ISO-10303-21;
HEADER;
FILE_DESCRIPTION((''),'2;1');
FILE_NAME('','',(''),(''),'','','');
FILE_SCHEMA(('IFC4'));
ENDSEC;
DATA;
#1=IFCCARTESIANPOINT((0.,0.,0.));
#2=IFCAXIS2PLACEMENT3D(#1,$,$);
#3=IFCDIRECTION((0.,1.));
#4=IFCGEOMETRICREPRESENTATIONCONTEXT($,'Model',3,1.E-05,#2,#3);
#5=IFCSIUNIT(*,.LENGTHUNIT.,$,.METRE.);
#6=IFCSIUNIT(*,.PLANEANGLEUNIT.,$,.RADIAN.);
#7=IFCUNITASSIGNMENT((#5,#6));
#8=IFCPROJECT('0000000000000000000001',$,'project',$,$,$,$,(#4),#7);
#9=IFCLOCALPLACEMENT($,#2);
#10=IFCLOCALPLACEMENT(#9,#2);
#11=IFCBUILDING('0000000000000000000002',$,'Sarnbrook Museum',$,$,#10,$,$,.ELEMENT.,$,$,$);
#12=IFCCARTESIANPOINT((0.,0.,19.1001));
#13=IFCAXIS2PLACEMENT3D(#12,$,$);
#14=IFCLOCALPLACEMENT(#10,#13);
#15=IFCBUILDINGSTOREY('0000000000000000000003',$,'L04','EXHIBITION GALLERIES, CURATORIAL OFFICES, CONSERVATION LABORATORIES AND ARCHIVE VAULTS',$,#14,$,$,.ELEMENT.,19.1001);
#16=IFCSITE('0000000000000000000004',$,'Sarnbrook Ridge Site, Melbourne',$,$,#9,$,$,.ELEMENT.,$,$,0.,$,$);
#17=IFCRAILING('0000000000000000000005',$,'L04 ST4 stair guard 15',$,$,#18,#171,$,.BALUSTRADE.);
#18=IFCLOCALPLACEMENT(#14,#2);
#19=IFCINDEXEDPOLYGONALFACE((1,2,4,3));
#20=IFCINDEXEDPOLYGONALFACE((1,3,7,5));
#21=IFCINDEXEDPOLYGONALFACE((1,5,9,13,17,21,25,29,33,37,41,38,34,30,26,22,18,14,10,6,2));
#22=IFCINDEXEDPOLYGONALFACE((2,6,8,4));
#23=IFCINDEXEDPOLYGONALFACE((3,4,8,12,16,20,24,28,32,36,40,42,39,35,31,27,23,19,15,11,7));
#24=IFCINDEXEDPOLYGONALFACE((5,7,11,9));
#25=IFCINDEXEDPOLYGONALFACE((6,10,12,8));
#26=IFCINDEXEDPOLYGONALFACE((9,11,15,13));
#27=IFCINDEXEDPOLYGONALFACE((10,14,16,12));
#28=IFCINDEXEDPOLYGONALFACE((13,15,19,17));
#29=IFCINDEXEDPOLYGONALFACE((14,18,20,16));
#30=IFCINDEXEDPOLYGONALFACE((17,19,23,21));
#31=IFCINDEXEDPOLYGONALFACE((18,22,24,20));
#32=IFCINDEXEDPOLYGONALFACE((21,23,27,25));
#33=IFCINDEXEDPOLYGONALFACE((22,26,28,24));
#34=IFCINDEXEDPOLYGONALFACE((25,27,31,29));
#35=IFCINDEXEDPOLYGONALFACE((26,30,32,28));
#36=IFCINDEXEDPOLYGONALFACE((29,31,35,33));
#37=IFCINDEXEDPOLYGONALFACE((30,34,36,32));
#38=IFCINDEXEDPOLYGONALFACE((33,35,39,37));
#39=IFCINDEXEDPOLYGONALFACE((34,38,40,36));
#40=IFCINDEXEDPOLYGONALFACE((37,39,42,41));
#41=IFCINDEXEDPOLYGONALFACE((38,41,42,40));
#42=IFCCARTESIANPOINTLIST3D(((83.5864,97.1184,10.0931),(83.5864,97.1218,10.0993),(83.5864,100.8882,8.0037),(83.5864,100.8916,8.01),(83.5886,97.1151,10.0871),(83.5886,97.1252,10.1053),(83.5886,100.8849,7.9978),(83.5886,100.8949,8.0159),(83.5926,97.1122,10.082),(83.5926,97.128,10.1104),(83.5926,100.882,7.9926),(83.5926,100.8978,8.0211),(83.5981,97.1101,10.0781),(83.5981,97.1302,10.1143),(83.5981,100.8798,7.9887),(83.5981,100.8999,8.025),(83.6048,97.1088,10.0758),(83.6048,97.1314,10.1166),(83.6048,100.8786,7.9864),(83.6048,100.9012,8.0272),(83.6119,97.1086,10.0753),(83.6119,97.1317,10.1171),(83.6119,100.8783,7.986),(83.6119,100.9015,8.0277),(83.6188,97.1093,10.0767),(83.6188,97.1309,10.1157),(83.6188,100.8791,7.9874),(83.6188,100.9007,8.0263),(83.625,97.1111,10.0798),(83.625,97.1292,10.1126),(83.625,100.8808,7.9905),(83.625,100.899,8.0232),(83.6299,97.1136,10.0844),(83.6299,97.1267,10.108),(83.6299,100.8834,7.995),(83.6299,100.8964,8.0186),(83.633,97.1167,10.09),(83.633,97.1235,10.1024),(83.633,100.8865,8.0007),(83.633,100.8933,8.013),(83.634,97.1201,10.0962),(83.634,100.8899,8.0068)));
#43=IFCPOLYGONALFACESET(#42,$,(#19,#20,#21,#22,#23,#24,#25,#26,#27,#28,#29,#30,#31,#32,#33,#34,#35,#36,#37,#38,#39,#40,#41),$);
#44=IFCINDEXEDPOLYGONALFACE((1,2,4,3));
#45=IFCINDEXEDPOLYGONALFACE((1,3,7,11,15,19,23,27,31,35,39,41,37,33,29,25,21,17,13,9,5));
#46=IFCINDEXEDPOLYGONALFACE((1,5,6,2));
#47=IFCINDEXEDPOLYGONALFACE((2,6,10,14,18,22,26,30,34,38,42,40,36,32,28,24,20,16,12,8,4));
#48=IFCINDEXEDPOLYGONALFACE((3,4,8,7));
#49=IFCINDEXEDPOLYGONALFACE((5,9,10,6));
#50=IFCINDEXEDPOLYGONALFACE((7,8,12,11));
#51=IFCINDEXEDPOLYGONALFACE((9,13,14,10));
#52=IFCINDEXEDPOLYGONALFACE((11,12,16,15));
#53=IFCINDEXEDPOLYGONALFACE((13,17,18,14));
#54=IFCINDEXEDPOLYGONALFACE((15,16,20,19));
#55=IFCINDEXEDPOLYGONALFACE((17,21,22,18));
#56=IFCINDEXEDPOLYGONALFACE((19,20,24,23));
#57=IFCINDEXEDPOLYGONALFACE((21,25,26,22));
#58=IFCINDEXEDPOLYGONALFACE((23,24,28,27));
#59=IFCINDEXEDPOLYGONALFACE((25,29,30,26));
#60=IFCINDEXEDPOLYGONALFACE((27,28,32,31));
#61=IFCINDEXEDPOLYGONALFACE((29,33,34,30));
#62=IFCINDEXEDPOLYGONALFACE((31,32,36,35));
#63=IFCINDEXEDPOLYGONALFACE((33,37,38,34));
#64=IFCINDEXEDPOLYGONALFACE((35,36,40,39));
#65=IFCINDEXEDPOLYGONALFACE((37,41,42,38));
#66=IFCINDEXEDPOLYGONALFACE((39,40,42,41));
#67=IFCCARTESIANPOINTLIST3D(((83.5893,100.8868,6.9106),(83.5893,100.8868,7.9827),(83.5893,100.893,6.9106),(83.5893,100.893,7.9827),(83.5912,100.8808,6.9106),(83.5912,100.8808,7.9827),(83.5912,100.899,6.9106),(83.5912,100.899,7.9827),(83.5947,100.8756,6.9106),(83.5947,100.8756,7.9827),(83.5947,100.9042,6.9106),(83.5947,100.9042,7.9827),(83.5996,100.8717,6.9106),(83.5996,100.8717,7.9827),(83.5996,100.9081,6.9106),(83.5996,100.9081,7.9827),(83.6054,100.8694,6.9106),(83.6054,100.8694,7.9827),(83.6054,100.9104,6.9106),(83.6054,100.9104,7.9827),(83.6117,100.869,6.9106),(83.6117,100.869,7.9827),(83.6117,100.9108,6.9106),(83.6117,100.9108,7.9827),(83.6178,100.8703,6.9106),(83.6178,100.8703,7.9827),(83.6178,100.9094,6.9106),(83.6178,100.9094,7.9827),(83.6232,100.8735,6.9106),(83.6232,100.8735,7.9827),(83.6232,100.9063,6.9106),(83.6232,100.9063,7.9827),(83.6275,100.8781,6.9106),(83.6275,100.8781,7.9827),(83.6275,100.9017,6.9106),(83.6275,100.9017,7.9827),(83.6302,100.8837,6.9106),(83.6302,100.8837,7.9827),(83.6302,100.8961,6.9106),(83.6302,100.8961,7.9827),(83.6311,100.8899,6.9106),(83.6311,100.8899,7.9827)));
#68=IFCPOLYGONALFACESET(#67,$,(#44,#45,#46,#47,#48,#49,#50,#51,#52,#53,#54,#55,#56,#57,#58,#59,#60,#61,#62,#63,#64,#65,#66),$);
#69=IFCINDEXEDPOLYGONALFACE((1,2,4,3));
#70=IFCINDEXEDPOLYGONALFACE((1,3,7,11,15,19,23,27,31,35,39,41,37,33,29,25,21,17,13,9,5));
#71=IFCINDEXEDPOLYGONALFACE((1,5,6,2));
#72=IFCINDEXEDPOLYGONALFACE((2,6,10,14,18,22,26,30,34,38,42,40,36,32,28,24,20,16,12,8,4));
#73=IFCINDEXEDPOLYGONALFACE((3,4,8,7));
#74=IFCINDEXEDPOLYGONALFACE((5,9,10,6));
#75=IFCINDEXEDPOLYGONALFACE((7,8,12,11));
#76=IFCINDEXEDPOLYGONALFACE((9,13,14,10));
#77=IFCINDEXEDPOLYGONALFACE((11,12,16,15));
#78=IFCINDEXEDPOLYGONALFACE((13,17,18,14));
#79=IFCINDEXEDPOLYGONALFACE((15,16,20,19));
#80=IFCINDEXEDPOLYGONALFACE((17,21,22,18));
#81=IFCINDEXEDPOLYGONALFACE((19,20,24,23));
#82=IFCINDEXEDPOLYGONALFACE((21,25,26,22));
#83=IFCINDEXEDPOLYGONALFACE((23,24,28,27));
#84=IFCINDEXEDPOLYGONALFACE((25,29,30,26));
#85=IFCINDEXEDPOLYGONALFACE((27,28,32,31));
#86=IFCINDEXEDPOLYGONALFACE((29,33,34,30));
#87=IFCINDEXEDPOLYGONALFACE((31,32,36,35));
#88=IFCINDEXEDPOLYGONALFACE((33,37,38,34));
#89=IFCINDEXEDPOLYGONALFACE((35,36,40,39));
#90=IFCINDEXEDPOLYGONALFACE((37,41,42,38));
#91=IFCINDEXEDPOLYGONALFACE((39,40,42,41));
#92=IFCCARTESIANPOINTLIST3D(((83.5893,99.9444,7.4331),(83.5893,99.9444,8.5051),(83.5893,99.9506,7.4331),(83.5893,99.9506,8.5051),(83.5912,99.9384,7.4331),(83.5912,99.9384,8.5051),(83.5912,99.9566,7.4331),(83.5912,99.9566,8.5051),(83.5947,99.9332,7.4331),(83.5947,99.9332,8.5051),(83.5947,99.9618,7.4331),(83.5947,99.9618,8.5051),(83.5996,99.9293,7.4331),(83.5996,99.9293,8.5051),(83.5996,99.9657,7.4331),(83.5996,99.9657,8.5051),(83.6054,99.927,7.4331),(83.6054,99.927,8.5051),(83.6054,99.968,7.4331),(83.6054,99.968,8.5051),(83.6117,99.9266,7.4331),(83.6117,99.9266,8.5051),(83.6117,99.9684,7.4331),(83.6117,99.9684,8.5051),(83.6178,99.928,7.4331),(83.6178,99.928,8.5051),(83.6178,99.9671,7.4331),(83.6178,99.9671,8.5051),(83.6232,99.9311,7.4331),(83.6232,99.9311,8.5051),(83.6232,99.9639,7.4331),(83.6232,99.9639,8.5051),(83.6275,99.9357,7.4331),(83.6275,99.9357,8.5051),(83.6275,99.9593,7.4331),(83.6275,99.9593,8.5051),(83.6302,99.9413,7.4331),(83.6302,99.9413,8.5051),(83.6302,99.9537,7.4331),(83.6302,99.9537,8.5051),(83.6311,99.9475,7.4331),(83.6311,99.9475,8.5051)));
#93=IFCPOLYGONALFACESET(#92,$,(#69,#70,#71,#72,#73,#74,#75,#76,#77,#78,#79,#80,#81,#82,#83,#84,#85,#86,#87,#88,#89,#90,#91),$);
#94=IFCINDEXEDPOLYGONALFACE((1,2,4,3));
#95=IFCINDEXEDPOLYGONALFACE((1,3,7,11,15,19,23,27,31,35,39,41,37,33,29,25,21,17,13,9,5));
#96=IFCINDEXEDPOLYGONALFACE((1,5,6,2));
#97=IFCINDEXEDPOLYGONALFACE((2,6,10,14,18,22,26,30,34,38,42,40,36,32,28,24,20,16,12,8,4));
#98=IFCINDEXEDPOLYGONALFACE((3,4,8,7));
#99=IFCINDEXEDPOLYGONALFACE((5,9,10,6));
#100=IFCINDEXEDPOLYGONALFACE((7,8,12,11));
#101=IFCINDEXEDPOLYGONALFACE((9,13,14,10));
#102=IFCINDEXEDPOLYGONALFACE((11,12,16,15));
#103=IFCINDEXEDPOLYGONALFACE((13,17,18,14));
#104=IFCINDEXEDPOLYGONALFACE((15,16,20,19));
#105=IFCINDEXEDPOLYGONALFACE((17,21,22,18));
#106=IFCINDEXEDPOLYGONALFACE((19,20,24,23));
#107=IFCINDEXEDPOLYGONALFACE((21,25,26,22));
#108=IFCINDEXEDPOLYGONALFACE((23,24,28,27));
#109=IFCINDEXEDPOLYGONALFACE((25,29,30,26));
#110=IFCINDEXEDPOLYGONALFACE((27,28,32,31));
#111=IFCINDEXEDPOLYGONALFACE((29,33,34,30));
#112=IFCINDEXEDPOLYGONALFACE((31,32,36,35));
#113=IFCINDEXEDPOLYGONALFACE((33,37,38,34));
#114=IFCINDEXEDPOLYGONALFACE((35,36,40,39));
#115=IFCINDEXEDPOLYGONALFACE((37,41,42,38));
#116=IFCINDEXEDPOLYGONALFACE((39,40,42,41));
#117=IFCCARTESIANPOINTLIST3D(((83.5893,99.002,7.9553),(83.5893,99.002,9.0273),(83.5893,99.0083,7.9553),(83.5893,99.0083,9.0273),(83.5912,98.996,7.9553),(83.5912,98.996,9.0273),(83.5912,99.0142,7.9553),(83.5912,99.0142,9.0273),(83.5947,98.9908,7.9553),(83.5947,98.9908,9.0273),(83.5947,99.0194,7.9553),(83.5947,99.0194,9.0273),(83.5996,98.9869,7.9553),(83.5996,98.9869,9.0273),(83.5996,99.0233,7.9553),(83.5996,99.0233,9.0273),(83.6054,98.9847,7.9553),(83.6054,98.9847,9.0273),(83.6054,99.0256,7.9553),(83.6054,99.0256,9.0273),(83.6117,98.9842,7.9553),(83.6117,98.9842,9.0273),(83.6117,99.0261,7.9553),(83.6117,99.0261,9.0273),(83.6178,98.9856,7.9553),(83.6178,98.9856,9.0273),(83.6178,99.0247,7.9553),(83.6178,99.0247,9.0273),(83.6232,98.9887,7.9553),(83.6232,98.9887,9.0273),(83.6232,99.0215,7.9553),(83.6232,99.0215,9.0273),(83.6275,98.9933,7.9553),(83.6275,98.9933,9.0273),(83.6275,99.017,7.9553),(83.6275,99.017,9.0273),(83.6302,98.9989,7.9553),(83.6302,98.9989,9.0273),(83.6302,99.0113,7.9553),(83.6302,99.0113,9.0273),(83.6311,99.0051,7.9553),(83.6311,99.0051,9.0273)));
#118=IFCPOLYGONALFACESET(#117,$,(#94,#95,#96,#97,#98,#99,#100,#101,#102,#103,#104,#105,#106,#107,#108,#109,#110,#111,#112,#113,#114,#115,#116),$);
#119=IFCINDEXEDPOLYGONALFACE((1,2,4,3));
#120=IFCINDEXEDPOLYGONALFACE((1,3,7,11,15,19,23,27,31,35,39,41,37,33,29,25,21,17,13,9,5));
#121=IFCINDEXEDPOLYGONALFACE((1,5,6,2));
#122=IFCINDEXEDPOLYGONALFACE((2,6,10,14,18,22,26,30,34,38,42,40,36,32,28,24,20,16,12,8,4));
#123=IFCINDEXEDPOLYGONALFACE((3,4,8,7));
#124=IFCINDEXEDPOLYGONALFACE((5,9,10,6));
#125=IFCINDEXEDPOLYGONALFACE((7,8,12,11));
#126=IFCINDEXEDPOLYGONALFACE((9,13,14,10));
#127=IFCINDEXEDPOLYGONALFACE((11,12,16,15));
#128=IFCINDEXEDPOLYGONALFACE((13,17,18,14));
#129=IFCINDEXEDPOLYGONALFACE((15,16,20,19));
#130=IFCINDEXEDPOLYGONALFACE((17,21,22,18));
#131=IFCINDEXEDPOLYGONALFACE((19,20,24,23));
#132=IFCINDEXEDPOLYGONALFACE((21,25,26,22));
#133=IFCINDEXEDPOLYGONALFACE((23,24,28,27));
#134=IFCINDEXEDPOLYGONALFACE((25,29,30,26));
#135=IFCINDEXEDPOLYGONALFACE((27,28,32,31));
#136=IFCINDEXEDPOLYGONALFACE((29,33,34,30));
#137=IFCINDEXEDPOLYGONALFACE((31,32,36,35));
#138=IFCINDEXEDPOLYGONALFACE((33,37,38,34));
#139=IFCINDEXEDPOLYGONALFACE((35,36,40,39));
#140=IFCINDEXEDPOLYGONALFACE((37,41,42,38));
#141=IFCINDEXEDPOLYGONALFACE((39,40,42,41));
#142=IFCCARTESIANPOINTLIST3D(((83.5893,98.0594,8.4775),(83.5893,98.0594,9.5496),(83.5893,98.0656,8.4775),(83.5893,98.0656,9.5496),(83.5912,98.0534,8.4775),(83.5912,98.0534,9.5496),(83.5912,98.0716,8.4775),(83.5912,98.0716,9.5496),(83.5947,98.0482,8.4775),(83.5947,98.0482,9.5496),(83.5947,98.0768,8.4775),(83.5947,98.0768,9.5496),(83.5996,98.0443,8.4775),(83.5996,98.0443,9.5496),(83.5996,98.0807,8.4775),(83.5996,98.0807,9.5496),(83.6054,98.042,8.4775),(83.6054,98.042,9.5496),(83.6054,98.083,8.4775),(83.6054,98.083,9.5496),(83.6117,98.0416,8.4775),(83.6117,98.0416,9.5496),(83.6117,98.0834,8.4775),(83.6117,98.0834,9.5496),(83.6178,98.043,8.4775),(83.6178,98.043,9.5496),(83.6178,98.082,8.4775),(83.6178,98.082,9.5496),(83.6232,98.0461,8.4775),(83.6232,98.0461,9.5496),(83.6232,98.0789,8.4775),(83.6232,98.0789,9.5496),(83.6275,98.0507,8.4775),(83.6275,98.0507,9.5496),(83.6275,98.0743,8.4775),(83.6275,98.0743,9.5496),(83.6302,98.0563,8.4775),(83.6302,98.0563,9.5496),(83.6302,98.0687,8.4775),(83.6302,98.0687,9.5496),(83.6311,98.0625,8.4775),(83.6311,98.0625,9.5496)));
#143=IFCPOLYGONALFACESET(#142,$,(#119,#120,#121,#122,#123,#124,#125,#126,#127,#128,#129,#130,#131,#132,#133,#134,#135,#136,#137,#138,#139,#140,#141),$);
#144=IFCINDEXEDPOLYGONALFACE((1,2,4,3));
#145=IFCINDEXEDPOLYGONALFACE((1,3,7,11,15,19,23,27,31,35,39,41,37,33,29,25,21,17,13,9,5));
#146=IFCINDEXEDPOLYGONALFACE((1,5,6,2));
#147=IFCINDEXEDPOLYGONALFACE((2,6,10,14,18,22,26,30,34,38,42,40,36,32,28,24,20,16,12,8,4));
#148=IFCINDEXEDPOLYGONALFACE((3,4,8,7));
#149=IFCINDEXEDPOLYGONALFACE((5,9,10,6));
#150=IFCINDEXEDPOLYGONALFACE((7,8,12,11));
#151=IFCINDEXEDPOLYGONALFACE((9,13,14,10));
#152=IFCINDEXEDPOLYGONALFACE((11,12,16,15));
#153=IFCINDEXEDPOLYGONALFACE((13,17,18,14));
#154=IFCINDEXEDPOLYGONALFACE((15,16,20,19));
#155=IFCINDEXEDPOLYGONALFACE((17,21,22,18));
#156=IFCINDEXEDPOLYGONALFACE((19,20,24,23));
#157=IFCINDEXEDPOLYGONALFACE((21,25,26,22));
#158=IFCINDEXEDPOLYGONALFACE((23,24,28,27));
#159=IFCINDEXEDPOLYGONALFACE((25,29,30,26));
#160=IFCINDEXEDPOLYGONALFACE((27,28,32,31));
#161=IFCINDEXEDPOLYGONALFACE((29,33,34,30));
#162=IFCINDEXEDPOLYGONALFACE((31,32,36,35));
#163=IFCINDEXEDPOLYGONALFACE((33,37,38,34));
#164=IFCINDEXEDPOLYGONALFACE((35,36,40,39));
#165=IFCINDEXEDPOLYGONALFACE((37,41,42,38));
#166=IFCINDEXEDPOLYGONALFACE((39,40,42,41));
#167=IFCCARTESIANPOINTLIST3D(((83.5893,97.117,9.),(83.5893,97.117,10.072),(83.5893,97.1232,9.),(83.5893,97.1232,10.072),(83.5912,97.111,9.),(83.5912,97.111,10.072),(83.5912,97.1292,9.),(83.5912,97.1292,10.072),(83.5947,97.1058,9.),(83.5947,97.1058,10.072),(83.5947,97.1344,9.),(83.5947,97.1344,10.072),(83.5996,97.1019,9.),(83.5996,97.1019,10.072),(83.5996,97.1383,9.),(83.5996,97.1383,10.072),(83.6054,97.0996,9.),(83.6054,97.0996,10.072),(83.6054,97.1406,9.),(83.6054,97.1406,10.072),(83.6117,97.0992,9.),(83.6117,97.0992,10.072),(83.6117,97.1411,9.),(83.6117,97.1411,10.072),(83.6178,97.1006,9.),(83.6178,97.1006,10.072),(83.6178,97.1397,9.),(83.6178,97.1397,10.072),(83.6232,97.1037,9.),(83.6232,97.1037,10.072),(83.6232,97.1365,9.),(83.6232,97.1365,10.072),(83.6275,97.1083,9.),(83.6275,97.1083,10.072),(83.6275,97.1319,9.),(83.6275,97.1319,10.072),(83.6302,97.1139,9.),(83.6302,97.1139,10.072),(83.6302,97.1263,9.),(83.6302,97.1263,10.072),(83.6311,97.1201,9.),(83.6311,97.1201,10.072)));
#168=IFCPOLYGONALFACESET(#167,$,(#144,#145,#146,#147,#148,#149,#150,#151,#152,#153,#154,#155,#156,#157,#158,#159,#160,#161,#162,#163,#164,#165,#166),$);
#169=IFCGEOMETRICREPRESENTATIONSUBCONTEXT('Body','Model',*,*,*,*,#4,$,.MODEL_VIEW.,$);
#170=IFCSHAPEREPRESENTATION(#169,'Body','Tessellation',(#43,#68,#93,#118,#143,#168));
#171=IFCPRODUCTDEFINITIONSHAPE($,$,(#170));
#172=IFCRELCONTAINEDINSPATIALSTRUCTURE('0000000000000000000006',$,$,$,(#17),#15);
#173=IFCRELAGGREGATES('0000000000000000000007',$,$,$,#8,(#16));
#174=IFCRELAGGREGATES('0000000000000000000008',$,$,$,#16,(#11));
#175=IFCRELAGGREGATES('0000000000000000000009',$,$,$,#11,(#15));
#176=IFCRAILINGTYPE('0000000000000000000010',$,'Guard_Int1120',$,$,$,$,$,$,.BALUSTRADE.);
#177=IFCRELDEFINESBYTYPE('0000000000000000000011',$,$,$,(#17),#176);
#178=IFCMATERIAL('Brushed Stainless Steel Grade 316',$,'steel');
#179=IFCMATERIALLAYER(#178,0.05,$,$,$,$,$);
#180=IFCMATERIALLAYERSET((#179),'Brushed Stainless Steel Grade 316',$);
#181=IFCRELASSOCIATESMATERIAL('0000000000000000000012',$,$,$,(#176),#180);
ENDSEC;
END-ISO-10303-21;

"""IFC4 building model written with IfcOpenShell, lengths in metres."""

from ifc_helpers import new_model, si_unit, direction, frame, origin, origin_2d, place, context, subcontext, project, spatial, circle, extrude, material, layer, layer_set, type_object, element, save


model = new_model("IFC4")

# Units and contexts
model_context = context("Model", 3, precision=1e-05, world=origin(), true_north=direction((0.0, 1.0)))
body_context = subcontext(model_context, "Body", "Model", "MODEL_VIEW")
ifc_project = project(units=[si_unit("LENGTHUNIT", "METRE"), si_unit("PLANEANGLEUNIT", "RADIAN")], contexts=[model_context])

# Site, building, storey
site_placement = place(None, origin())
site = spatial("IfcSite", under=ifc_project, at=site_placement, Name="Sarnbrook Ridge Site, Melbourne", CompositionType="ELEMENT", RefElevation=0.0)
building_placement = place(site_placement, origin())
building = spatial("IfcBuilding", under=site, at=building_placement, Name="Sarnbrook Museum", CompositionType="ELEMENT")
storey_placement = place(building_placement, frame((0.0, 0.0, 19.1001)))
storey = spatial("IfcBuildingStorey", under=building, at=storey_placement, Name="L04", Description="EXHIBITION GALLERIES, CURATORIAL OFFICES, CONSERVATION LABORATORIES AND ARCHIVE VAULTS", CompositionType="ELEMENT", Elevation=19.1001)

# Shared definitions
ifc_material_1 = material(Name="Brushed Stainless Steel Grade 316", Category="steel")

# Railing
ifc_layer_1 = layer(ifc_material_1, 0.05)
ifc_layer_set_1 = layer_set([ifc_layer_1], Name="Brushed Stainless Steel Grade 316")
railing_type_1 = type_object("IfcRailingType", Name="Guard_Int1120", PredefinedType="BALUSTRADE", material=ifc_layer_set_1)
railing_1_placement = place(storey_placement, frame((83.6101, 100.8899, 6.9106)))
element("IfcRailing", 1, at=railing_1_placement, inside=storey, type_object=railing_type_1, Name="L04 ST4 stair guard 15", PredefinedType="BALUSTRADE", context=body_context, shape_type="SweptSolid", body=[
    extrude(circle(Radius=0.0239, at=origin_2d()), frame((0.0, 0.0, 1.0962), z_axis=(0.0, -0.874646, 0.484763), x_axis=(1.0, 0.0, 0.0)), (0.0, 0.0, 1.0), 4.3101),
    extrude(circle(Radius=0.021, at=origin_2d()), origin(), (0.0, 0.0, 1.0), 1.072),
    extrude(circle(Radius=0.021, at=origin_2d()), frame((0.0, -0.9424, 0.5225)), (0.0, 0.0, 1.0), 1.072),
    extrude(circle(Radius=0.021, at=origin_2d()), frame((0.0, -1.8848, 1.0447)), (0.0, 0.0, 1.0), 1.072),
    extrude(circle(Radius=0.021, at=origin_2d()), frame((0.0, -2.8274, 1.5669)), (0.0, 0.0, 1.0), 1.072),
    extrude(circle(Radius=0.021, at=origin_2d()), frame((0.0, -3.7698, 2.0894)), (0.0, 0.0, 1.0), 1.072),
])

save(model, "model.ifc")
